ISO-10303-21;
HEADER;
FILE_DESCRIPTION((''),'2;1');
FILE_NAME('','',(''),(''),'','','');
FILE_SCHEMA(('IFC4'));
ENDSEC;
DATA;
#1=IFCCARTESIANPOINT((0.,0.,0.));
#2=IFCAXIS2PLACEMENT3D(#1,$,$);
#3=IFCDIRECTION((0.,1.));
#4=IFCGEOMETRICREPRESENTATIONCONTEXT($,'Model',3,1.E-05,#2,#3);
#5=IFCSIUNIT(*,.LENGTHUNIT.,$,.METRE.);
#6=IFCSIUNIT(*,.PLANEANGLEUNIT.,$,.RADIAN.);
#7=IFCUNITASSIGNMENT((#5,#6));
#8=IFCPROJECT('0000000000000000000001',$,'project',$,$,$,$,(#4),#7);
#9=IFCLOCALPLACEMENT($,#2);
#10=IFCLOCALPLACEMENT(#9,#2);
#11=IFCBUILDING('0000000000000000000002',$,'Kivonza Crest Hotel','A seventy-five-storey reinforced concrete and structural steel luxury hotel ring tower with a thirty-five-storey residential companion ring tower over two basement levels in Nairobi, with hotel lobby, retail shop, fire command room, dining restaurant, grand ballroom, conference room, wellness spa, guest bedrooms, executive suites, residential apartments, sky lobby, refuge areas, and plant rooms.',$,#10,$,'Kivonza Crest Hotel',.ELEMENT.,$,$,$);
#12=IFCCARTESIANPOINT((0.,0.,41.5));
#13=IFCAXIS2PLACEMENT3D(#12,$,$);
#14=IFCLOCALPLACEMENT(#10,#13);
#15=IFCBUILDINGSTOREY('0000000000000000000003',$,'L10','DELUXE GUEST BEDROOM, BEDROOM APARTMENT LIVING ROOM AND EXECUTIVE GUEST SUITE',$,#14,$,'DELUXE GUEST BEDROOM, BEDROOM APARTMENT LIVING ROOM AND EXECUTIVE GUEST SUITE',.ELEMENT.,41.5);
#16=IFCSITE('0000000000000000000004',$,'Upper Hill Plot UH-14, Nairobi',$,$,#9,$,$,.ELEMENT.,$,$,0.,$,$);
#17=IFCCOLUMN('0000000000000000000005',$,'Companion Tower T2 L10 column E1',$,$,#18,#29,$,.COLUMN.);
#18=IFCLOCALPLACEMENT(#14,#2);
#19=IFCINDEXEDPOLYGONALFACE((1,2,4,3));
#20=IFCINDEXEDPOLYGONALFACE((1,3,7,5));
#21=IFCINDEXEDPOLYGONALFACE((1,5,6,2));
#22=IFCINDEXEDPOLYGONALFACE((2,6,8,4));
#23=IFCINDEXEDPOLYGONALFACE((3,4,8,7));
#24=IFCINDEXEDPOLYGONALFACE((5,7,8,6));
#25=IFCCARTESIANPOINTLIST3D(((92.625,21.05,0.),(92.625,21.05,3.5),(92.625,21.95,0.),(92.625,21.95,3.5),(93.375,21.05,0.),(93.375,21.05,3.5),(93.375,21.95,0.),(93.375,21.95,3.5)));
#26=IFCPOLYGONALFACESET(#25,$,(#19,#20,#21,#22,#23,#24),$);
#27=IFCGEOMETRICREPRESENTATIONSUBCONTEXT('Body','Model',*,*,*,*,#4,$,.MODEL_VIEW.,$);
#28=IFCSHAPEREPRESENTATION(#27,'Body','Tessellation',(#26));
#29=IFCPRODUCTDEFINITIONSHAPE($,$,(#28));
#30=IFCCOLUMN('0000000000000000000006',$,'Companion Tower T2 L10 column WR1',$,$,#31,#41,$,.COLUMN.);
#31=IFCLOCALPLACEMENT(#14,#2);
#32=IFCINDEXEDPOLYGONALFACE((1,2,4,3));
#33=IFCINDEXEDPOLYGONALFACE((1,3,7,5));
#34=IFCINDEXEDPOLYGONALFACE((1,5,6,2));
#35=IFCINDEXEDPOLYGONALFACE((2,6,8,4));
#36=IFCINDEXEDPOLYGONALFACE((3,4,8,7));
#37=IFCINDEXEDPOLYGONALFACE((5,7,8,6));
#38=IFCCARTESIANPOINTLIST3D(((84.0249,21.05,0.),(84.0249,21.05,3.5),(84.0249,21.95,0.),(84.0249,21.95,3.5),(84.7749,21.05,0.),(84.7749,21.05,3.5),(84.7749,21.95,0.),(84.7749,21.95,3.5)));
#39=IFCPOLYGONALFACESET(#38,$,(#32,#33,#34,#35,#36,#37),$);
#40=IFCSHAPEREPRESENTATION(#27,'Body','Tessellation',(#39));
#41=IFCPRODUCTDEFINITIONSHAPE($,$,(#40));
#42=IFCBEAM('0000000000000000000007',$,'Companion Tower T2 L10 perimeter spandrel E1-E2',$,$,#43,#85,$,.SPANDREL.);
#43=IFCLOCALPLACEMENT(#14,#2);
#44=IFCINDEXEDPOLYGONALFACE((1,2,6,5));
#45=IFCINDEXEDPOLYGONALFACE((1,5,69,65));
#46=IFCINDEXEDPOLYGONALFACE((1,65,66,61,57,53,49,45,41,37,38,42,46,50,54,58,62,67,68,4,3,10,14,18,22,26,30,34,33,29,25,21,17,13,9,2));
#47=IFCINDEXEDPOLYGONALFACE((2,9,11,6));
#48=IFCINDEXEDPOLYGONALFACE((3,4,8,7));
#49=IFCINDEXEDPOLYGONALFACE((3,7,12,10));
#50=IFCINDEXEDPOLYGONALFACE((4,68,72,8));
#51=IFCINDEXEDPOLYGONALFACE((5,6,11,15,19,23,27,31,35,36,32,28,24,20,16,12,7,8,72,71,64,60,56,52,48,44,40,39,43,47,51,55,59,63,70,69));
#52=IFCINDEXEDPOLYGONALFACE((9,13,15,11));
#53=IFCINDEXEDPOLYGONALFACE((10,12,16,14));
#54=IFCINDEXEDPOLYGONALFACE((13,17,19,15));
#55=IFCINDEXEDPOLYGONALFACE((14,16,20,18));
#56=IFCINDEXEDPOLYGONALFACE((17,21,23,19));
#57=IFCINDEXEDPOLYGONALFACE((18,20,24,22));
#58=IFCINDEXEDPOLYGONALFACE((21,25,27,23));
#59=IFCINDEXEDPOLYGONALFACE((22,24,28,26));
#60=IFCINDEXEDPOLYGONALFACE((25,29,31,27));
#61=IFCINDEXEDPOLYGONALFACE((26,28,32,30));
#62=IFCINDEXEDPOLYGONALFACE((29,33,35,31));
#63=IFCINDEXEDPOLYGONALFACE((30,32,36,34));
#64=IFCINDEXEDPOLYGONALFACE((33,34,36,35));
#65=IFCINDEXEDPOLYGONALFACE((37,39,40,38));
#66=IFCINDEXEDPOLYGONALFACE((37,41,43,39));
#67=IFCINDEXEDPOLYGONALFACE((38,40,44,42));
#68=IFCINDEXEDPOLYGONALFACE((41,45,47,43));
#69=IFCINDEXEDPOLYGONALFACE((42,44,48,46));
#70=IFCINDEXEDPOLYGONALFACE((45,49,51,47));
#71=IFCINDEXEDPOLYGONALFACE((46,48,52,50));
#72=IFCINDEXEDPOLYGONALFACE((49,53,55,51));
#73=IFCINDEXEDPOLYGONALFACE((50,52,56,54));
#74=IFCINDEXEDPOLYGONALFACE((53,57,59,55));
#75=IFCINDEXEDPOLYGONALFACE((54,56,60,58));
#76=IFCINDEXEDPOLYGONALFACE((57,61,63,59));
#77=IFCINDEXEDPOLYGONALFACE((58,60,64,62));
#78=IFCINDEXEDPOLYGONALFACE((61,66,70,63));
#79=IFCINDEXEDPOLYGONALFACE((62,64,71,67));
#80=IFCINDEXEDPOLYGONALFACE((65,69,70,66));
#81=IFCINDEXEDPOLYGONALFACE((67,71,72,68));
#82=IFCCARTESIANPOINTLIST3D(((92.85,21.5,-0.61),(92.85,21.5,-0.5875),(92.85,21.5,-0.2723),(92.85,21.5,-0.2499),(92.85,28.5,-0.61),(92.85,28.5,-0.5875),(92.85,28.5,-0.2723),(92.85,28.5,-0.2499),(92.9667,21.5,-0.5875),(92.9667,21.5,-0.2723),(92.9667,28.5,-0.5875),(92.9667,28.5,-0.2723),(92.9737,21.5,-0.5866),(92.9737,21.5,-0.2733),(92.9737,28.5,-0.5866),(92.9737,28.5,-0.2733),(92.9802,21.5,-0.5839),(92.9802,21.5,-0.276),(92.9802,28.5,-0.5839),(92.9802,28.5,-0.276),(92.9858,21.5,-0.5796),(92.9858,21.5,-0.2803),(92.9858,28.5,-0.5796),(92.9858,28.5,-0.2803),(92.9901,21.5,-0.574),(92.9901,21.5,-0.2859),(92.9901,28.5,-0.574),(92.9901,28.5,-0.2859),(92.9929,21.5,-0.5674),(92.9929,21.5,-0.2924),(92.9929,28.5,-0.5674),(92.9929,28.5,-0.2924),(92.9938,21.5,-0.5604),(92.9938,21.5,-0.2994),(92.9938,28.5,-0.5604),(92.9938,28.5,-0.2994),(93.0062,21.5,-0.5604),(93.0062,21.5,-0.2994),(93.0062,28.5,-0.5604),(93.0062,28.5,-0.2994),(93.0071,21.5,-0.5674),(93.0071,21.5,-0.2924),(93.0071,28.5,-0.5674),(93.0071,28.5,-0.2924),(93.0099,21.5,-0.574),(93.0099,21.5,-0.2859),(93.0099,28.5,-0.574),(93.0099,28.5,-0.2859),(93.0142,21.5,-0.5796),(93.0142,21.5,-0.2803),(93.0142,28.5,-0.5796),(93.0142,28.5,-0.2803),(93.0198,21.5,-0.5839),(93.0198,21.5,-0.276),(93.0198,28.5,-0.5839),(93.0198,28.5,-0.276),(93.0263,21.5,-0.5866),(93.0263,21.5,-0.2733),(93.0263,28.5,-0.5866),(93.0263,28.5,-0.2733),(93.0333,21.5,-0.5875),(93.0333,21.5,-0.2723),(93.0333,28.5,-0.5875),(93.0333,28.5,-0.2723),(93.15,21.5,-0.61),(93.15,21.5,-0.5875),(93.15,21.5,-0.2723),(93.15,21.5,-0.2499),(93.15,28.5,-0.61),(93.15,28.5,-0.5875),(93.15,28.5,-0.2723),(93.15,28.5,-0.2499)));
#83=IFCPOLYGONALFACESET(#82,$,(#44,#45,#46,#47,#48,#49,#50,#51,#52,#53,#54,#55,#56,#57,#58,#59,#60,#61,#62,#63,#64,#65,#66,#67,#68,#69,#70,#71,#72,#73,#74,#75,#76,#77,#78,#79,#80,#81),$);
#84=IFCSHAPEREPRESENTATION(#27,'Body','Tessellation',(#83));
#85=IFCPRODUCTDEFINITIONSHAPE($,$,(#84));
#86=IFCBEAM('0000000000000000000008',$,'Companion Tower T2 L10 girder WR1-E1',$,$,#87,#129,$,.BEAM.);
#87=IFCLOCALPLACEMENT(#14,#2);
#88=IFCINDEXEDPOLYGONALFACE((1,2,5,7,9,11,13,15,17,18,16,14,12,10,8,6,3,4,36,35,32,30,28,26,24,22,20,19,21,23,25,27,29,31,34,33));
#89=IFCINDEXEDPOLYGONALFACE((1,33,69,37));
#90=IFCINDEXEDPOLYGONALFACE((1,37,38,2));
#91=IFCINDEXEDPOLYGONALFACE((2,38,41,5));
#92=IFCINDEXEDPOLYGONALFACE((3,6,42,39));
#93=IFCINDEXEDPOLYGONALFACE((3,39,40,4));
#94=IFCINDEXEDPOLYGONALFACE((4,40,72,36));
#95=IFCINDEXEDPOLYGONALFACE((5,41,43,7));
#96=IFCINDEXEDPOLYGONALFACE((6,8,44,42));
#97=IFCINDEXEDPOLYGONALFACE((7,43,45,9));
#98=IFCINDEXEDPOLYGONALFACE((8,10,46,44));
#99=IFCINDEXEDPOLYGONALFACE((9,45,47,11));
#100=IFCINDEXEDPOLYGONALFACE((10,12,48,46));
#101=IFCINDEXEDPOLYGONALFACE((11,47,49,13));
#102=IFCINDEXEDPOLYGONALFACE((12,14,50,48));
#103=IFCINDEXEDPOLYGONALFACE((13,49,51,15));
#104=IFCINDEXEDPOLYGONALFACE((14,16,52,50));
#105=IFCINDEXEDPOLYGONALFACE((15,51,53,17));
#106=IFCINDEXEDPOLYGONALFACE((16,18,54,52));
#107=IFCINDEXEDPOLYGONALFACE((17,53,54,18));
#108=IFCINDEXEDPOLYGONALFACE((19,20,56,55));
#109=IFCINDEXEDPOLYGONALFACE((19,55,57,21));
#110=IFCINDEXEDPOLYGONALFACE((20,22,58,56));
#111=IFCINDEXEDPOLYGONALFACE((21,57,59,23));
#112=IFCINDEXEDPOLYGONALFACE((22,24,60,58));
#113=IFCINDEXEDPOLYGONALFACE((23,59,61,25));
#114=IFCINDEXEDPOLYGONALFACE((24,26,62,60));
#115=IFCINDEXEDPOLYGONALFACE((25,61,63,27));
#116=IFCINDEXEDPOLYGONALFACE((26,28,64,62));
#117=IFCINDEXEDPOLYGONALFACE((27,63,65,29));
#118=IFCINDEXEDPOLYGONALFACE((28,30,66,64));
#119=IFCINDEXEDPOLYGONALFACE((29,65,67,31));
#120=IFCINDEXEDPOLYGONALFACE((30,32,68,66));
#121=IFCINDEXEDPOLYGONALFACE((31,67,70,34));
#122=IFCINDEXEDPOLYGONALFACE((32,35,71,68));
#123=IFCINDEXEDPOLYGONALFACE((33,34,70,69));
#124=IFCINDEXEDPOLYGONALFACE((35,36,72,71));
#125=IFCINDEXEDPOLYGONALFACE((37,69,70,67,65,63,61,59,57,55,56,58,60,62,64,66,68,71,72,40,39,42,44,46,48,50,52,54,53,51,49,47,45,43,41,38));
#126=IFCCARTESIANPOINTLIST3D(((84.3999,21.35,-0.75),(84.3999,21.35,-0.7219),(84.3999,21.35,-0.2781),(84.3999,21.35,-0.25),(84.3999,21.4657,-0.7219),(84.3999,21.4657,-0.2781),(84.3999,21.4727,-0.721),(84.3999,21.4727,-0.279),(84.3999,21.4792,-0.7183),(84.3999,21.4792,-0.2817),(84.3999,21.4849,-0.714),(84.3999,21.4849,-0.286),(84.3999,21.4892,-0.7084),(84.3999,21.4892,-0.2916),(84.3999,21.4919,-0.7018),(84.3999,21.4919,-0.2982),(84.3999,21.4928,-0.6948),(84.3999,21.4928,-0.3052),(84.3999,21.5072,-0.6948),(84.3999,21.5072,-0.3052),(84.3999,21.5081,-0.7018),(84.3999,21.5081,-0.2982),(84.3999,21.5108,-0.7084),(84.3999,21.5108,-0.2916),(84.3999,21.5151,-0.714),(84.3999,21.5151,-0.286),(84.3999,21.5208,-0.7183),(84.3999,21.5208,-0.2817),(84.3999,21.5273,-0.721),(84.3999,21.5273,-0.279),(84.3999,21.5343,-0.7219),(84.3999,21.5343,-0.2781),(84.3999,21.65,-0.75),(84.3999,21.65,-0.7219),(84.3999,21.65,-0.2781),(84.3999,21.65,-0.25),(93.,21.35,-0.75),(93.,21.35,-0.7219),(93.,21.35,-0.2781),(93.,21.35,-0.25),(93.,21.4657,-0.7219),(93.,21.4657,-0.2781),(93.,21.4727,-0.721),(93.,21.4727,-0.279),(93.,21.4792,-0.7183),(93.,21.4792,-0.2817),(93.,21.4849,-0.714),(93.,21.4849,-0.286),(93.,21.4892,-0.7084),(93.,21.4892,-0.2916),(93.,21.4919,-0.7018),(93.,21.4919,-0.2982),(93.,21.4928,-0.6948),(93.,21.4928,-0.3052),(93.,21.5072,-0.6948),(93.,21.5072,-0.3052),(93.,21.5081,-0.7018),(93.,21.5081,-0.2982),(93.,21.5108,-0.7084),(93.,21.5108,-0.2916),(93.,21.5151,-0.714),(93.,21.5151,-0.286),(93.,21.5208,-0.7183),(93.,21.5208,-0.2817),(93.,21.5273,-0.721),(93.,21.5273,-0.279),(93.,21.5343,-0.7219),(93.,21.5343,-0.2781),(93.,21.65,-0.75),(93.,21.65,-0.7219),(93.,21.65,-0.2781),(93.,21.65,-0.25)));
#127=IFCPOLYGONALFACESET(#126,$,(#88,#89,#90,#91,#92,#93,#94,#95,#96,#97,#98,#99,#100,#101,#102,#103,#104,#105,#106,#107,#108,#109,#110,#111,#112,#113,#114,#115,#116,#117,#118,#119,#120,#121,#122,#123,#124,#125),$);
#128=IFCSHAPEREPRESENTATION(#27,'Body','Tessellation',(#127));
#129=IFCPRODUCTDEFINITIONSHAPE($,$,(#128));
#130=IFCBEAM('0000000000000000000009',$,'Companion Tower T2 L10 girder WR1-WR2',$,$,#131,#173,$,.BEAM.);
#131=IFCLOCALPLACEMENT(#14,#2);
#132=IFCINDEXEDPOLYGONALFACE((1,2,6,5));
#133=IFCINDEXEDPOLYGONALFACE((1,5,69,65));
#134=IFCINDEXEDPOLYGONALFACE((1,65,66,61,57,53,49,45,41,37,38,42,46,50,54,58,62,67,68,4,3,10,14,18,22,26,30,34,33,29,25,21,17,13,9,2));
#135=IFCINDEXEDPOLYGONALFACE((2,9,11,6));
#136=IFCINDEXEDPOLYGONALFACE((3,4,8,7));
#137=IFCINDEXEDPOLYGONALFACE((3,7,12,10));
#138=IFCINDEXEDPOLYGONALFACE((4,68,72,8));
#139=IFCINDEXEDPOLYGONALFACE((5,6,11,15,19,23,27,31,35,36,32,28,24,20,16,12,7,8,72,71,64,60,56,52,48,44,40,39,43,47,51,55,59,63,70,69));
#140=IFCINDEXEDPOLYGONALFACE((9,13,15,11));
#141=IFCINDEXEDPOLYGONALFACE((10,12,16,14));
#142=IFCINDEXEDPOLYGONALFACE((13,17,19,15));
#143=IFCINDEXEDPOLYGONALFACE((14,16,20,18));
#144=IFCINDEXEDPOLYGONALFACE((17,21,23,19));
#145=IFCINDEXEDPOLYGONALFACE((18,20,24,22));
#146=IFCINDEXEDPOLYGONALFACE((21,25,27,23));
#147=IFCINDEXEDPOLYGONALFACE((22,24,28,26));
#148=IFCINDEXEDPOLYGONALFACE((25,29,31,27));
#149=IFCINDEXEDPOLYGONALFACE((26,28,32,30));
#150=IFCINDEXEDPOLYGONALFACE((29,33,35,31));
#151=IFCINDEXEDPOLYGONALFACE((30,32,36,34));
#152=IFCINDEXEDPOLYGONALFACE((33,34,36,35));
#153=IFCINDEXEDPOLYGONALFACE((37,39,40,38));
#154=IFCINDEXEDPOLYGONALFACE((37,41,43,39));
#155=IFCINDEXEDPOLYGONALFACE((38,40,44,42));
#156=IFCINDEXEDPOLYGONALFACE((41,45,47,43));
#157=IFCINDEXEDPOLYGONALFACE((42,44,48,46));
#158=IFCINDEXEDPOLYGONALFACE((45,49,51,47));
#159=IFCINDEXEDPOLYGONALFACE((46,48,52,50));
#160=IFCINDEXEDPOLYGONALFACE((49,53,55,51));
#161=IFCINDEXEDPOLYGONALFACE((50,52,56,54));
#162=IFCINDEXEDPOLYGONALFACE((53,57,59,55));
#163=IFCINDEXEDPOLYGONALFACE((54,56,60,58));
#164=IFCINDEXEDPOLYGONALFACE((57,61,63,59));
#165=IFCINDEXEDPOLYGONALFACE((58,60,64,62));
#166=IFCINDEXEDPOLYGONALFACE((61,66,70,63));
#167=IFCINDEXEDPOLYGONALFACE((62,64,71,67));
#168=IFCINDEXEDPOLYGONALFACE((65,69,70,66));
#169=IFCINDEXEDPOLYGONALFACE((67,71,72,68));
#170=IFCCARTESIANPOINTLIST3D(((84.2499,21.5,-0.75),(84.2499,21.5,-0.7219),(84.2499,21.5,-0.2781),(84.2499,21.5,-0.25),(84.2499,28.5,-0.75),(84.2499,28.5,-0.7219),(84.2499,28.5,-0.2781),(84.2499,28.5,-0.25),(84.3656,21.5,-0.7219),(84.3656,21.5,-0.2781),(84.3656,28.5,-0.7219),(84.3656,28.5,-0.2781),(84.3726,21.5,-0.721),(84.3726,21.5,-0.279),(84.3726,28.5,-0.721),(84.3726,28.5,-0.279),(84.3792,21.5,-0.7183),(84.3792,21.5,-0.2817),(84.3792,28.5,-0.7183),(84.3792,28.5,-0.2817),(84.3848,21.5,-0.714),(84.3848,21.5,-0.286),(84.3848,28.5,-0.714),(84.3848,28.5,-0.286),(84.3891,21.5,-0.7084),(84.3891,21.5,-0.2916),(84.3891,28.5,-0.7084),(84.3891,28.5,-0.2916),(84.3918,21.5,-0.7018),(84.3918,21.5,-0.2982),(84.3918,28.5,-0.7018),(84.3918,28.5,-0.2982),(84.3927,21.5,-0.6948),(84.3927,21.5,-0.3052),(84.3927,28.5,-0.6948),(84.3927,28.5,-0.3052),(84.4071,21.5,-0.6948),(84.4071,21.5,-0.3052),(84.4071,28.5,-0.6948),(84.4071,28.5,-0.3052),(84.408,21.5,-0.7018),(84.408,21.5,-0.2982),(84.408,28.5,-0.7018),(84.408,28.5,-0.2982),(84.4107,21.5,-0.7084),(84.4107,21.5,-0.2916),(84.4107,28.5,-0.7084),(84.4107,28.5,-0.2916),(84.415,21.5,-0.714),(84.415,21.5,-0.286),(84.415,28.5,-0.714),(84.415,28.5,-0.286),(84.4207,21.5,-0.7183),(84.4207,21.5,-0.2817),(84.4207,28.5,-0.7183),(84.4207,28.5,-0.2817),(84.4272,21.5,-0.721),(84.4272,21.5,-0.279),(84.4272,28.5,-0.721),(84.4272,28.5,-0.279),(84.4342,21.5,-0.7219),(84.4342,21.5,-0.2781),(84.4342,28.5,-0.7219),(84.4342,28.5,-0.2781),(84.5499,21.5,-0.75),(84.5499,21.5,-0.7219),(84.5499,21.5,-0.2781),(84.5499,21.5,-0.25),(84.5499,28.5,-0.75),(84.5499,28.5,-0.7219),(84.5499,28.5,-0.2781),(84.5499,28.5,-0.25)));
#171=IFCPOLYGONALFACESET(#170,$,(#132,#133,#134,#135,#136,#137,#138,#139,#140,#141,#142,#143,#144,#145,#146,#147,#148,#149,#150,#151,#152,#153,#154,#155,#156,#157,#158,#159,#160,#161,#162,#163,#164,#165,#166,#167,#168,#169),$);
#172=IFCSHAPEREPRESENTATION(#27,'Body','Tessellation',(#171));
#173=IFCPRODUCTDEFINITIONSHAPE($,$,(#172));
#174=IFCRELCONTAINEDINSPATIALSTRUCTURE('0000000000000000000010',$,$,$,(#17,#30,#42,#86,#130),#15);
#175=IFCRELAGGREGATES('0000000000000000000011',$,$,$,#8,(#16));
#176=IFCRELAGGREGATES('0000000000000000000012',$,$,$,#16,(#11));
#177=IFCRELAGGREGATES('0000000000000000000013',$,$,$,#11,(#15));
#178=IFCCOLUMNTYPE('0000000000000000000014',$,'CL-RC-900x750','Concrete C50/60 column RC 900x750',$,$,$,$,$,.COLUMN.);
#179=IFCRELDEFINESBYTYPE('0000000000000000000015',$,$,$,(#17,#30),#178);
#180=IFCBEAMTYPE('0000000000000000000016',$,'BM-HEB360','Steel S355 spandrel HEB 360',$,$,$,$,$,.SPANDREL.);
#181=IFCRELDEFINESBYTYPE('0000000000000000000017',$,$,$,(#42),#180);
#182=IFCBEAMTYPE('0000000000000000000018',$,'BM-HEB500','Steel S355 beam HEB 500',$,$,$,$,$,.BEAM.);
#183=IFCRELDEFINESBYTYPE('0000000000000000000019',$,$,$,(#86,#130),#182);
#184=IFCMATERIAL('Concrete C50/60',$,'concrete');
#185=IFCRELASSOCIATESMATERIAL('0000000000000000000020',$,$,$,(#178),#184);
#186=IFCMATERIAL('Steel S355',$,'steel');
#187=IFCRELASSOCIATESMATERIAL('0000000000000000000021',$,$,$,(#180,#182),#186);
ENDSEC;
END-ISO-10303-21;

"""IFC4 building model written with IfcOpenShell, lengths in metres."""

from ifc_helpers import new_model, si_unit, direction, frame, origin, origin_2d, place, context, subcontext, project, spatial, rectangle, i_section, extrude, material, material_profile, profile_set, type_object, element, save


model = new_model("IFC4")

# Units and contexts
model_context = context("Model", 3, precision=1e-05, world=origin(), true_north=direction((0.0, 1.0)))
body_context = subcontext(model_context, "Body", "Model", "MODEL_VIEW")
ifc_project = project(units=[si_unit("LENGTHUNIT", "METRE"), si_unit("PLANEANGLEUNIT", "RADIAN")], contexts=[model_context])

# Site, building, storey
site_placement = place(None, origin())
site = spatial("IfcSite", under=ifc_project, at=site_placement, Name="Upper Hill Plot UH-14, Nairobi", CompositionType="ELEMENT", RefElevation=0.0)
building_placement = place(site_placement, origin())
building = spatial("IfcBuilding", under=site, at=building_placement, Name="Kivonza Crest Hotel", Description="A seventy-five-storey reinforced concrete and structural steel luxury hotel ring tower with a thirty-five-storey residential companion ring tower over two basement levels in Nairobi, with hotel lobby, retail shop, fire command room, dining restaurant, grand ballroom, conference room, wellness spa, guest bedrooms, executive suites, residential apartments, sky lobby, refuge areas, and plant rooms.", LongName="Kivonza Crest Hotel", CompositionType="ELEMENT")
storey_placement = place(building_placement, frame((0.0, 0.0, 41.5)))
storey = spatial("IfcBuildingStorey", under=building, at=storey_placement, Name="L10", Description="DELUXE GUEST BEDROOM, BEDROOM APARTMENT LIVING ROOM AND EXECUTIVE GUEST SUITE", LongName="DELUXE GUEST BEDROOM, BEDROOM APARTMENT LIVING ROOM AND EXECUTIVE GUEST SUITE", CompositionType="ELEMENT", Elevation=41.5)

# Columns
ifc_material_1 = material(Name="Concrete C50/60", Category="concrete")
ifc_material_profile_1 = material_profile(ifc_material_1, rectangle(XDim=0.75, YDim=0.8999, at=origin_2d()), Name="RC 900x750")
ifc_profile_set_1 = profile_set([ifc_material_profile_1], Name="Concrete C50/60")
column_type = type_object("IfcColumnType", Name="CL-RC-900x750", Description="Concrete C50/60 column RC 900x750", PredefinedType="COLUMN", material=ifc_profile_set_1)
for number, where, z_axis, x_axis, name in (
    (1, (93.0, 21.5, 0.0), (0.0, 0.0, 1.0), (1.0, 0.0, 0.0), "Companion Tower T2 L10 column E1"),
    (2, (84.3999, 21.5, 0.0), (0.0, 0.0, 1.0), (1.0, 0.0, 0.0), "Companion Tower T2 L10 column WR1"),
):
    element("IfcColumn", number, at=place(storey_placement, frame(where, z_axis=z_axis, x_axis=x_axis)), inside=storey, type_object=column_type, Name=name, PredefinedType="COLUMN", context=body_context, shape_type="SweptSolid", body=[
        extrude(rectangle(XDim=0.75, YDim=0.8999, at=origin_2d()), origin(), (0.0, 0.0, 1.0), 3.5),
    ])

# Beams
ifc_material_2 = material(Name="Steel S355", Category="steel")
ifc_material_profile_2 = material_profile(ifc_material_2, i_section(OverallWidth=0.3, OverallDepth=0.3601, WebThickness=0.0125, FlangeThickness=0.0225, FilletRadius=0.0271, at=origin_2d()), Name="HEB 360")
ifc_profile_set_2 = profile_set([ifc_material_profile_2], Name="Steel S355")
beam_type_1 = type_object("IfcBeamType", Name="BM-HEB360", Description="Steel S355 spandrel HEB 360", PredefinedType="SPANDREL", material=ifc_profile_set_2)
beam_1_placement = place(storey_placement, frame((93.0, 21.5, -0.4299), z_axis=(0.0, 1.0, 0.0), x_axis=(-1.0, 0.0, 0.0)))
element("IfcBeam", 3, at=beam_1_placement, inside=storey, type_object=beam_type_1, Name="Companion Tower T2 L10 perimeter spandrel E1-E2", PredefinedType="SPANDREL", context=body_context, shape_type="SweptSolid", body=[
    extrude(i_section(OverallWidth=0.3, OverallDepth=0.3601, WebThickness=0.0125, FlangeThickness=0.0225, FilletRadius=0.0271, at=origin_2d()), origin(), (0.0, 0.0, 1.0), 7.0),
])
ifc_material_profile_3 = material_profile(ifc_material_2, i_section(OverallWidth=0.3, OverallDepth=0.5, WebThickness=0.0144, FlangeThickness=0.0281, FilletRadius=0.0271, at=origin_2d()), Name="HEB 500")
ifc_profile_set_3 = profile_set([ifc_material_profile_3], Name="Steel S355")
beam_type_2 = type_object("IfcBeamType", Name="BM-HEB500", Description="Steel S355 beam HEB 500", PredefinedType="BEAM", material=ifc_profile_set_3)
beam_2_placement = place(storey_placement, frame((84.3999, 21.5, -0.5), z_axis=(1.0, 0.0, 0.0), x_axis=(0.0, 1.0, 0.0)))
element("IfcBeam", 4, at=beam_2_placement, inside=storey, type_object=beam_type_2, Name="Companion Tower T2 L10 girder WR1-E1", PredefinedType="BEAM", context=body_context, shape_type="SweptSolid", body=[
    extrude(i_section(OverallWidth=0.3, OverallDepth=0.5, WebThickness=0.0144, FlangeThickness=0.0281, FilletRadius=0.0271, at=origin_2d()), origin(), (0.0, 0.0, 1.0), 8.6001),
])
beam_3_placement = place(storey_placement, frame((84.3999, 21.5, -0.5), z_axis=(0.0, 1.0, 0.0), x_axis=(-1.0, 0.0, 0.0)))
element("IfcBeam", 5, at=beam_3_placement, inside=storey, type_object=beam_type_2, Name="Companion Tower T2 L10 girder WR1-WR2", PredefinedType="BEAM", context=body_context, shape_type="SweptSolid", body=[
    extrude(i_section(OverallWidth=0.3, OverallDepth=0.5, WebThickness=0.0144, FlangeThickness=0.0281, FilletRadius=0.0271, at=origin_2d()), origin(), (0.0, 0.0, 1.0), 7.0),
])

save(model, "model.ifc")
